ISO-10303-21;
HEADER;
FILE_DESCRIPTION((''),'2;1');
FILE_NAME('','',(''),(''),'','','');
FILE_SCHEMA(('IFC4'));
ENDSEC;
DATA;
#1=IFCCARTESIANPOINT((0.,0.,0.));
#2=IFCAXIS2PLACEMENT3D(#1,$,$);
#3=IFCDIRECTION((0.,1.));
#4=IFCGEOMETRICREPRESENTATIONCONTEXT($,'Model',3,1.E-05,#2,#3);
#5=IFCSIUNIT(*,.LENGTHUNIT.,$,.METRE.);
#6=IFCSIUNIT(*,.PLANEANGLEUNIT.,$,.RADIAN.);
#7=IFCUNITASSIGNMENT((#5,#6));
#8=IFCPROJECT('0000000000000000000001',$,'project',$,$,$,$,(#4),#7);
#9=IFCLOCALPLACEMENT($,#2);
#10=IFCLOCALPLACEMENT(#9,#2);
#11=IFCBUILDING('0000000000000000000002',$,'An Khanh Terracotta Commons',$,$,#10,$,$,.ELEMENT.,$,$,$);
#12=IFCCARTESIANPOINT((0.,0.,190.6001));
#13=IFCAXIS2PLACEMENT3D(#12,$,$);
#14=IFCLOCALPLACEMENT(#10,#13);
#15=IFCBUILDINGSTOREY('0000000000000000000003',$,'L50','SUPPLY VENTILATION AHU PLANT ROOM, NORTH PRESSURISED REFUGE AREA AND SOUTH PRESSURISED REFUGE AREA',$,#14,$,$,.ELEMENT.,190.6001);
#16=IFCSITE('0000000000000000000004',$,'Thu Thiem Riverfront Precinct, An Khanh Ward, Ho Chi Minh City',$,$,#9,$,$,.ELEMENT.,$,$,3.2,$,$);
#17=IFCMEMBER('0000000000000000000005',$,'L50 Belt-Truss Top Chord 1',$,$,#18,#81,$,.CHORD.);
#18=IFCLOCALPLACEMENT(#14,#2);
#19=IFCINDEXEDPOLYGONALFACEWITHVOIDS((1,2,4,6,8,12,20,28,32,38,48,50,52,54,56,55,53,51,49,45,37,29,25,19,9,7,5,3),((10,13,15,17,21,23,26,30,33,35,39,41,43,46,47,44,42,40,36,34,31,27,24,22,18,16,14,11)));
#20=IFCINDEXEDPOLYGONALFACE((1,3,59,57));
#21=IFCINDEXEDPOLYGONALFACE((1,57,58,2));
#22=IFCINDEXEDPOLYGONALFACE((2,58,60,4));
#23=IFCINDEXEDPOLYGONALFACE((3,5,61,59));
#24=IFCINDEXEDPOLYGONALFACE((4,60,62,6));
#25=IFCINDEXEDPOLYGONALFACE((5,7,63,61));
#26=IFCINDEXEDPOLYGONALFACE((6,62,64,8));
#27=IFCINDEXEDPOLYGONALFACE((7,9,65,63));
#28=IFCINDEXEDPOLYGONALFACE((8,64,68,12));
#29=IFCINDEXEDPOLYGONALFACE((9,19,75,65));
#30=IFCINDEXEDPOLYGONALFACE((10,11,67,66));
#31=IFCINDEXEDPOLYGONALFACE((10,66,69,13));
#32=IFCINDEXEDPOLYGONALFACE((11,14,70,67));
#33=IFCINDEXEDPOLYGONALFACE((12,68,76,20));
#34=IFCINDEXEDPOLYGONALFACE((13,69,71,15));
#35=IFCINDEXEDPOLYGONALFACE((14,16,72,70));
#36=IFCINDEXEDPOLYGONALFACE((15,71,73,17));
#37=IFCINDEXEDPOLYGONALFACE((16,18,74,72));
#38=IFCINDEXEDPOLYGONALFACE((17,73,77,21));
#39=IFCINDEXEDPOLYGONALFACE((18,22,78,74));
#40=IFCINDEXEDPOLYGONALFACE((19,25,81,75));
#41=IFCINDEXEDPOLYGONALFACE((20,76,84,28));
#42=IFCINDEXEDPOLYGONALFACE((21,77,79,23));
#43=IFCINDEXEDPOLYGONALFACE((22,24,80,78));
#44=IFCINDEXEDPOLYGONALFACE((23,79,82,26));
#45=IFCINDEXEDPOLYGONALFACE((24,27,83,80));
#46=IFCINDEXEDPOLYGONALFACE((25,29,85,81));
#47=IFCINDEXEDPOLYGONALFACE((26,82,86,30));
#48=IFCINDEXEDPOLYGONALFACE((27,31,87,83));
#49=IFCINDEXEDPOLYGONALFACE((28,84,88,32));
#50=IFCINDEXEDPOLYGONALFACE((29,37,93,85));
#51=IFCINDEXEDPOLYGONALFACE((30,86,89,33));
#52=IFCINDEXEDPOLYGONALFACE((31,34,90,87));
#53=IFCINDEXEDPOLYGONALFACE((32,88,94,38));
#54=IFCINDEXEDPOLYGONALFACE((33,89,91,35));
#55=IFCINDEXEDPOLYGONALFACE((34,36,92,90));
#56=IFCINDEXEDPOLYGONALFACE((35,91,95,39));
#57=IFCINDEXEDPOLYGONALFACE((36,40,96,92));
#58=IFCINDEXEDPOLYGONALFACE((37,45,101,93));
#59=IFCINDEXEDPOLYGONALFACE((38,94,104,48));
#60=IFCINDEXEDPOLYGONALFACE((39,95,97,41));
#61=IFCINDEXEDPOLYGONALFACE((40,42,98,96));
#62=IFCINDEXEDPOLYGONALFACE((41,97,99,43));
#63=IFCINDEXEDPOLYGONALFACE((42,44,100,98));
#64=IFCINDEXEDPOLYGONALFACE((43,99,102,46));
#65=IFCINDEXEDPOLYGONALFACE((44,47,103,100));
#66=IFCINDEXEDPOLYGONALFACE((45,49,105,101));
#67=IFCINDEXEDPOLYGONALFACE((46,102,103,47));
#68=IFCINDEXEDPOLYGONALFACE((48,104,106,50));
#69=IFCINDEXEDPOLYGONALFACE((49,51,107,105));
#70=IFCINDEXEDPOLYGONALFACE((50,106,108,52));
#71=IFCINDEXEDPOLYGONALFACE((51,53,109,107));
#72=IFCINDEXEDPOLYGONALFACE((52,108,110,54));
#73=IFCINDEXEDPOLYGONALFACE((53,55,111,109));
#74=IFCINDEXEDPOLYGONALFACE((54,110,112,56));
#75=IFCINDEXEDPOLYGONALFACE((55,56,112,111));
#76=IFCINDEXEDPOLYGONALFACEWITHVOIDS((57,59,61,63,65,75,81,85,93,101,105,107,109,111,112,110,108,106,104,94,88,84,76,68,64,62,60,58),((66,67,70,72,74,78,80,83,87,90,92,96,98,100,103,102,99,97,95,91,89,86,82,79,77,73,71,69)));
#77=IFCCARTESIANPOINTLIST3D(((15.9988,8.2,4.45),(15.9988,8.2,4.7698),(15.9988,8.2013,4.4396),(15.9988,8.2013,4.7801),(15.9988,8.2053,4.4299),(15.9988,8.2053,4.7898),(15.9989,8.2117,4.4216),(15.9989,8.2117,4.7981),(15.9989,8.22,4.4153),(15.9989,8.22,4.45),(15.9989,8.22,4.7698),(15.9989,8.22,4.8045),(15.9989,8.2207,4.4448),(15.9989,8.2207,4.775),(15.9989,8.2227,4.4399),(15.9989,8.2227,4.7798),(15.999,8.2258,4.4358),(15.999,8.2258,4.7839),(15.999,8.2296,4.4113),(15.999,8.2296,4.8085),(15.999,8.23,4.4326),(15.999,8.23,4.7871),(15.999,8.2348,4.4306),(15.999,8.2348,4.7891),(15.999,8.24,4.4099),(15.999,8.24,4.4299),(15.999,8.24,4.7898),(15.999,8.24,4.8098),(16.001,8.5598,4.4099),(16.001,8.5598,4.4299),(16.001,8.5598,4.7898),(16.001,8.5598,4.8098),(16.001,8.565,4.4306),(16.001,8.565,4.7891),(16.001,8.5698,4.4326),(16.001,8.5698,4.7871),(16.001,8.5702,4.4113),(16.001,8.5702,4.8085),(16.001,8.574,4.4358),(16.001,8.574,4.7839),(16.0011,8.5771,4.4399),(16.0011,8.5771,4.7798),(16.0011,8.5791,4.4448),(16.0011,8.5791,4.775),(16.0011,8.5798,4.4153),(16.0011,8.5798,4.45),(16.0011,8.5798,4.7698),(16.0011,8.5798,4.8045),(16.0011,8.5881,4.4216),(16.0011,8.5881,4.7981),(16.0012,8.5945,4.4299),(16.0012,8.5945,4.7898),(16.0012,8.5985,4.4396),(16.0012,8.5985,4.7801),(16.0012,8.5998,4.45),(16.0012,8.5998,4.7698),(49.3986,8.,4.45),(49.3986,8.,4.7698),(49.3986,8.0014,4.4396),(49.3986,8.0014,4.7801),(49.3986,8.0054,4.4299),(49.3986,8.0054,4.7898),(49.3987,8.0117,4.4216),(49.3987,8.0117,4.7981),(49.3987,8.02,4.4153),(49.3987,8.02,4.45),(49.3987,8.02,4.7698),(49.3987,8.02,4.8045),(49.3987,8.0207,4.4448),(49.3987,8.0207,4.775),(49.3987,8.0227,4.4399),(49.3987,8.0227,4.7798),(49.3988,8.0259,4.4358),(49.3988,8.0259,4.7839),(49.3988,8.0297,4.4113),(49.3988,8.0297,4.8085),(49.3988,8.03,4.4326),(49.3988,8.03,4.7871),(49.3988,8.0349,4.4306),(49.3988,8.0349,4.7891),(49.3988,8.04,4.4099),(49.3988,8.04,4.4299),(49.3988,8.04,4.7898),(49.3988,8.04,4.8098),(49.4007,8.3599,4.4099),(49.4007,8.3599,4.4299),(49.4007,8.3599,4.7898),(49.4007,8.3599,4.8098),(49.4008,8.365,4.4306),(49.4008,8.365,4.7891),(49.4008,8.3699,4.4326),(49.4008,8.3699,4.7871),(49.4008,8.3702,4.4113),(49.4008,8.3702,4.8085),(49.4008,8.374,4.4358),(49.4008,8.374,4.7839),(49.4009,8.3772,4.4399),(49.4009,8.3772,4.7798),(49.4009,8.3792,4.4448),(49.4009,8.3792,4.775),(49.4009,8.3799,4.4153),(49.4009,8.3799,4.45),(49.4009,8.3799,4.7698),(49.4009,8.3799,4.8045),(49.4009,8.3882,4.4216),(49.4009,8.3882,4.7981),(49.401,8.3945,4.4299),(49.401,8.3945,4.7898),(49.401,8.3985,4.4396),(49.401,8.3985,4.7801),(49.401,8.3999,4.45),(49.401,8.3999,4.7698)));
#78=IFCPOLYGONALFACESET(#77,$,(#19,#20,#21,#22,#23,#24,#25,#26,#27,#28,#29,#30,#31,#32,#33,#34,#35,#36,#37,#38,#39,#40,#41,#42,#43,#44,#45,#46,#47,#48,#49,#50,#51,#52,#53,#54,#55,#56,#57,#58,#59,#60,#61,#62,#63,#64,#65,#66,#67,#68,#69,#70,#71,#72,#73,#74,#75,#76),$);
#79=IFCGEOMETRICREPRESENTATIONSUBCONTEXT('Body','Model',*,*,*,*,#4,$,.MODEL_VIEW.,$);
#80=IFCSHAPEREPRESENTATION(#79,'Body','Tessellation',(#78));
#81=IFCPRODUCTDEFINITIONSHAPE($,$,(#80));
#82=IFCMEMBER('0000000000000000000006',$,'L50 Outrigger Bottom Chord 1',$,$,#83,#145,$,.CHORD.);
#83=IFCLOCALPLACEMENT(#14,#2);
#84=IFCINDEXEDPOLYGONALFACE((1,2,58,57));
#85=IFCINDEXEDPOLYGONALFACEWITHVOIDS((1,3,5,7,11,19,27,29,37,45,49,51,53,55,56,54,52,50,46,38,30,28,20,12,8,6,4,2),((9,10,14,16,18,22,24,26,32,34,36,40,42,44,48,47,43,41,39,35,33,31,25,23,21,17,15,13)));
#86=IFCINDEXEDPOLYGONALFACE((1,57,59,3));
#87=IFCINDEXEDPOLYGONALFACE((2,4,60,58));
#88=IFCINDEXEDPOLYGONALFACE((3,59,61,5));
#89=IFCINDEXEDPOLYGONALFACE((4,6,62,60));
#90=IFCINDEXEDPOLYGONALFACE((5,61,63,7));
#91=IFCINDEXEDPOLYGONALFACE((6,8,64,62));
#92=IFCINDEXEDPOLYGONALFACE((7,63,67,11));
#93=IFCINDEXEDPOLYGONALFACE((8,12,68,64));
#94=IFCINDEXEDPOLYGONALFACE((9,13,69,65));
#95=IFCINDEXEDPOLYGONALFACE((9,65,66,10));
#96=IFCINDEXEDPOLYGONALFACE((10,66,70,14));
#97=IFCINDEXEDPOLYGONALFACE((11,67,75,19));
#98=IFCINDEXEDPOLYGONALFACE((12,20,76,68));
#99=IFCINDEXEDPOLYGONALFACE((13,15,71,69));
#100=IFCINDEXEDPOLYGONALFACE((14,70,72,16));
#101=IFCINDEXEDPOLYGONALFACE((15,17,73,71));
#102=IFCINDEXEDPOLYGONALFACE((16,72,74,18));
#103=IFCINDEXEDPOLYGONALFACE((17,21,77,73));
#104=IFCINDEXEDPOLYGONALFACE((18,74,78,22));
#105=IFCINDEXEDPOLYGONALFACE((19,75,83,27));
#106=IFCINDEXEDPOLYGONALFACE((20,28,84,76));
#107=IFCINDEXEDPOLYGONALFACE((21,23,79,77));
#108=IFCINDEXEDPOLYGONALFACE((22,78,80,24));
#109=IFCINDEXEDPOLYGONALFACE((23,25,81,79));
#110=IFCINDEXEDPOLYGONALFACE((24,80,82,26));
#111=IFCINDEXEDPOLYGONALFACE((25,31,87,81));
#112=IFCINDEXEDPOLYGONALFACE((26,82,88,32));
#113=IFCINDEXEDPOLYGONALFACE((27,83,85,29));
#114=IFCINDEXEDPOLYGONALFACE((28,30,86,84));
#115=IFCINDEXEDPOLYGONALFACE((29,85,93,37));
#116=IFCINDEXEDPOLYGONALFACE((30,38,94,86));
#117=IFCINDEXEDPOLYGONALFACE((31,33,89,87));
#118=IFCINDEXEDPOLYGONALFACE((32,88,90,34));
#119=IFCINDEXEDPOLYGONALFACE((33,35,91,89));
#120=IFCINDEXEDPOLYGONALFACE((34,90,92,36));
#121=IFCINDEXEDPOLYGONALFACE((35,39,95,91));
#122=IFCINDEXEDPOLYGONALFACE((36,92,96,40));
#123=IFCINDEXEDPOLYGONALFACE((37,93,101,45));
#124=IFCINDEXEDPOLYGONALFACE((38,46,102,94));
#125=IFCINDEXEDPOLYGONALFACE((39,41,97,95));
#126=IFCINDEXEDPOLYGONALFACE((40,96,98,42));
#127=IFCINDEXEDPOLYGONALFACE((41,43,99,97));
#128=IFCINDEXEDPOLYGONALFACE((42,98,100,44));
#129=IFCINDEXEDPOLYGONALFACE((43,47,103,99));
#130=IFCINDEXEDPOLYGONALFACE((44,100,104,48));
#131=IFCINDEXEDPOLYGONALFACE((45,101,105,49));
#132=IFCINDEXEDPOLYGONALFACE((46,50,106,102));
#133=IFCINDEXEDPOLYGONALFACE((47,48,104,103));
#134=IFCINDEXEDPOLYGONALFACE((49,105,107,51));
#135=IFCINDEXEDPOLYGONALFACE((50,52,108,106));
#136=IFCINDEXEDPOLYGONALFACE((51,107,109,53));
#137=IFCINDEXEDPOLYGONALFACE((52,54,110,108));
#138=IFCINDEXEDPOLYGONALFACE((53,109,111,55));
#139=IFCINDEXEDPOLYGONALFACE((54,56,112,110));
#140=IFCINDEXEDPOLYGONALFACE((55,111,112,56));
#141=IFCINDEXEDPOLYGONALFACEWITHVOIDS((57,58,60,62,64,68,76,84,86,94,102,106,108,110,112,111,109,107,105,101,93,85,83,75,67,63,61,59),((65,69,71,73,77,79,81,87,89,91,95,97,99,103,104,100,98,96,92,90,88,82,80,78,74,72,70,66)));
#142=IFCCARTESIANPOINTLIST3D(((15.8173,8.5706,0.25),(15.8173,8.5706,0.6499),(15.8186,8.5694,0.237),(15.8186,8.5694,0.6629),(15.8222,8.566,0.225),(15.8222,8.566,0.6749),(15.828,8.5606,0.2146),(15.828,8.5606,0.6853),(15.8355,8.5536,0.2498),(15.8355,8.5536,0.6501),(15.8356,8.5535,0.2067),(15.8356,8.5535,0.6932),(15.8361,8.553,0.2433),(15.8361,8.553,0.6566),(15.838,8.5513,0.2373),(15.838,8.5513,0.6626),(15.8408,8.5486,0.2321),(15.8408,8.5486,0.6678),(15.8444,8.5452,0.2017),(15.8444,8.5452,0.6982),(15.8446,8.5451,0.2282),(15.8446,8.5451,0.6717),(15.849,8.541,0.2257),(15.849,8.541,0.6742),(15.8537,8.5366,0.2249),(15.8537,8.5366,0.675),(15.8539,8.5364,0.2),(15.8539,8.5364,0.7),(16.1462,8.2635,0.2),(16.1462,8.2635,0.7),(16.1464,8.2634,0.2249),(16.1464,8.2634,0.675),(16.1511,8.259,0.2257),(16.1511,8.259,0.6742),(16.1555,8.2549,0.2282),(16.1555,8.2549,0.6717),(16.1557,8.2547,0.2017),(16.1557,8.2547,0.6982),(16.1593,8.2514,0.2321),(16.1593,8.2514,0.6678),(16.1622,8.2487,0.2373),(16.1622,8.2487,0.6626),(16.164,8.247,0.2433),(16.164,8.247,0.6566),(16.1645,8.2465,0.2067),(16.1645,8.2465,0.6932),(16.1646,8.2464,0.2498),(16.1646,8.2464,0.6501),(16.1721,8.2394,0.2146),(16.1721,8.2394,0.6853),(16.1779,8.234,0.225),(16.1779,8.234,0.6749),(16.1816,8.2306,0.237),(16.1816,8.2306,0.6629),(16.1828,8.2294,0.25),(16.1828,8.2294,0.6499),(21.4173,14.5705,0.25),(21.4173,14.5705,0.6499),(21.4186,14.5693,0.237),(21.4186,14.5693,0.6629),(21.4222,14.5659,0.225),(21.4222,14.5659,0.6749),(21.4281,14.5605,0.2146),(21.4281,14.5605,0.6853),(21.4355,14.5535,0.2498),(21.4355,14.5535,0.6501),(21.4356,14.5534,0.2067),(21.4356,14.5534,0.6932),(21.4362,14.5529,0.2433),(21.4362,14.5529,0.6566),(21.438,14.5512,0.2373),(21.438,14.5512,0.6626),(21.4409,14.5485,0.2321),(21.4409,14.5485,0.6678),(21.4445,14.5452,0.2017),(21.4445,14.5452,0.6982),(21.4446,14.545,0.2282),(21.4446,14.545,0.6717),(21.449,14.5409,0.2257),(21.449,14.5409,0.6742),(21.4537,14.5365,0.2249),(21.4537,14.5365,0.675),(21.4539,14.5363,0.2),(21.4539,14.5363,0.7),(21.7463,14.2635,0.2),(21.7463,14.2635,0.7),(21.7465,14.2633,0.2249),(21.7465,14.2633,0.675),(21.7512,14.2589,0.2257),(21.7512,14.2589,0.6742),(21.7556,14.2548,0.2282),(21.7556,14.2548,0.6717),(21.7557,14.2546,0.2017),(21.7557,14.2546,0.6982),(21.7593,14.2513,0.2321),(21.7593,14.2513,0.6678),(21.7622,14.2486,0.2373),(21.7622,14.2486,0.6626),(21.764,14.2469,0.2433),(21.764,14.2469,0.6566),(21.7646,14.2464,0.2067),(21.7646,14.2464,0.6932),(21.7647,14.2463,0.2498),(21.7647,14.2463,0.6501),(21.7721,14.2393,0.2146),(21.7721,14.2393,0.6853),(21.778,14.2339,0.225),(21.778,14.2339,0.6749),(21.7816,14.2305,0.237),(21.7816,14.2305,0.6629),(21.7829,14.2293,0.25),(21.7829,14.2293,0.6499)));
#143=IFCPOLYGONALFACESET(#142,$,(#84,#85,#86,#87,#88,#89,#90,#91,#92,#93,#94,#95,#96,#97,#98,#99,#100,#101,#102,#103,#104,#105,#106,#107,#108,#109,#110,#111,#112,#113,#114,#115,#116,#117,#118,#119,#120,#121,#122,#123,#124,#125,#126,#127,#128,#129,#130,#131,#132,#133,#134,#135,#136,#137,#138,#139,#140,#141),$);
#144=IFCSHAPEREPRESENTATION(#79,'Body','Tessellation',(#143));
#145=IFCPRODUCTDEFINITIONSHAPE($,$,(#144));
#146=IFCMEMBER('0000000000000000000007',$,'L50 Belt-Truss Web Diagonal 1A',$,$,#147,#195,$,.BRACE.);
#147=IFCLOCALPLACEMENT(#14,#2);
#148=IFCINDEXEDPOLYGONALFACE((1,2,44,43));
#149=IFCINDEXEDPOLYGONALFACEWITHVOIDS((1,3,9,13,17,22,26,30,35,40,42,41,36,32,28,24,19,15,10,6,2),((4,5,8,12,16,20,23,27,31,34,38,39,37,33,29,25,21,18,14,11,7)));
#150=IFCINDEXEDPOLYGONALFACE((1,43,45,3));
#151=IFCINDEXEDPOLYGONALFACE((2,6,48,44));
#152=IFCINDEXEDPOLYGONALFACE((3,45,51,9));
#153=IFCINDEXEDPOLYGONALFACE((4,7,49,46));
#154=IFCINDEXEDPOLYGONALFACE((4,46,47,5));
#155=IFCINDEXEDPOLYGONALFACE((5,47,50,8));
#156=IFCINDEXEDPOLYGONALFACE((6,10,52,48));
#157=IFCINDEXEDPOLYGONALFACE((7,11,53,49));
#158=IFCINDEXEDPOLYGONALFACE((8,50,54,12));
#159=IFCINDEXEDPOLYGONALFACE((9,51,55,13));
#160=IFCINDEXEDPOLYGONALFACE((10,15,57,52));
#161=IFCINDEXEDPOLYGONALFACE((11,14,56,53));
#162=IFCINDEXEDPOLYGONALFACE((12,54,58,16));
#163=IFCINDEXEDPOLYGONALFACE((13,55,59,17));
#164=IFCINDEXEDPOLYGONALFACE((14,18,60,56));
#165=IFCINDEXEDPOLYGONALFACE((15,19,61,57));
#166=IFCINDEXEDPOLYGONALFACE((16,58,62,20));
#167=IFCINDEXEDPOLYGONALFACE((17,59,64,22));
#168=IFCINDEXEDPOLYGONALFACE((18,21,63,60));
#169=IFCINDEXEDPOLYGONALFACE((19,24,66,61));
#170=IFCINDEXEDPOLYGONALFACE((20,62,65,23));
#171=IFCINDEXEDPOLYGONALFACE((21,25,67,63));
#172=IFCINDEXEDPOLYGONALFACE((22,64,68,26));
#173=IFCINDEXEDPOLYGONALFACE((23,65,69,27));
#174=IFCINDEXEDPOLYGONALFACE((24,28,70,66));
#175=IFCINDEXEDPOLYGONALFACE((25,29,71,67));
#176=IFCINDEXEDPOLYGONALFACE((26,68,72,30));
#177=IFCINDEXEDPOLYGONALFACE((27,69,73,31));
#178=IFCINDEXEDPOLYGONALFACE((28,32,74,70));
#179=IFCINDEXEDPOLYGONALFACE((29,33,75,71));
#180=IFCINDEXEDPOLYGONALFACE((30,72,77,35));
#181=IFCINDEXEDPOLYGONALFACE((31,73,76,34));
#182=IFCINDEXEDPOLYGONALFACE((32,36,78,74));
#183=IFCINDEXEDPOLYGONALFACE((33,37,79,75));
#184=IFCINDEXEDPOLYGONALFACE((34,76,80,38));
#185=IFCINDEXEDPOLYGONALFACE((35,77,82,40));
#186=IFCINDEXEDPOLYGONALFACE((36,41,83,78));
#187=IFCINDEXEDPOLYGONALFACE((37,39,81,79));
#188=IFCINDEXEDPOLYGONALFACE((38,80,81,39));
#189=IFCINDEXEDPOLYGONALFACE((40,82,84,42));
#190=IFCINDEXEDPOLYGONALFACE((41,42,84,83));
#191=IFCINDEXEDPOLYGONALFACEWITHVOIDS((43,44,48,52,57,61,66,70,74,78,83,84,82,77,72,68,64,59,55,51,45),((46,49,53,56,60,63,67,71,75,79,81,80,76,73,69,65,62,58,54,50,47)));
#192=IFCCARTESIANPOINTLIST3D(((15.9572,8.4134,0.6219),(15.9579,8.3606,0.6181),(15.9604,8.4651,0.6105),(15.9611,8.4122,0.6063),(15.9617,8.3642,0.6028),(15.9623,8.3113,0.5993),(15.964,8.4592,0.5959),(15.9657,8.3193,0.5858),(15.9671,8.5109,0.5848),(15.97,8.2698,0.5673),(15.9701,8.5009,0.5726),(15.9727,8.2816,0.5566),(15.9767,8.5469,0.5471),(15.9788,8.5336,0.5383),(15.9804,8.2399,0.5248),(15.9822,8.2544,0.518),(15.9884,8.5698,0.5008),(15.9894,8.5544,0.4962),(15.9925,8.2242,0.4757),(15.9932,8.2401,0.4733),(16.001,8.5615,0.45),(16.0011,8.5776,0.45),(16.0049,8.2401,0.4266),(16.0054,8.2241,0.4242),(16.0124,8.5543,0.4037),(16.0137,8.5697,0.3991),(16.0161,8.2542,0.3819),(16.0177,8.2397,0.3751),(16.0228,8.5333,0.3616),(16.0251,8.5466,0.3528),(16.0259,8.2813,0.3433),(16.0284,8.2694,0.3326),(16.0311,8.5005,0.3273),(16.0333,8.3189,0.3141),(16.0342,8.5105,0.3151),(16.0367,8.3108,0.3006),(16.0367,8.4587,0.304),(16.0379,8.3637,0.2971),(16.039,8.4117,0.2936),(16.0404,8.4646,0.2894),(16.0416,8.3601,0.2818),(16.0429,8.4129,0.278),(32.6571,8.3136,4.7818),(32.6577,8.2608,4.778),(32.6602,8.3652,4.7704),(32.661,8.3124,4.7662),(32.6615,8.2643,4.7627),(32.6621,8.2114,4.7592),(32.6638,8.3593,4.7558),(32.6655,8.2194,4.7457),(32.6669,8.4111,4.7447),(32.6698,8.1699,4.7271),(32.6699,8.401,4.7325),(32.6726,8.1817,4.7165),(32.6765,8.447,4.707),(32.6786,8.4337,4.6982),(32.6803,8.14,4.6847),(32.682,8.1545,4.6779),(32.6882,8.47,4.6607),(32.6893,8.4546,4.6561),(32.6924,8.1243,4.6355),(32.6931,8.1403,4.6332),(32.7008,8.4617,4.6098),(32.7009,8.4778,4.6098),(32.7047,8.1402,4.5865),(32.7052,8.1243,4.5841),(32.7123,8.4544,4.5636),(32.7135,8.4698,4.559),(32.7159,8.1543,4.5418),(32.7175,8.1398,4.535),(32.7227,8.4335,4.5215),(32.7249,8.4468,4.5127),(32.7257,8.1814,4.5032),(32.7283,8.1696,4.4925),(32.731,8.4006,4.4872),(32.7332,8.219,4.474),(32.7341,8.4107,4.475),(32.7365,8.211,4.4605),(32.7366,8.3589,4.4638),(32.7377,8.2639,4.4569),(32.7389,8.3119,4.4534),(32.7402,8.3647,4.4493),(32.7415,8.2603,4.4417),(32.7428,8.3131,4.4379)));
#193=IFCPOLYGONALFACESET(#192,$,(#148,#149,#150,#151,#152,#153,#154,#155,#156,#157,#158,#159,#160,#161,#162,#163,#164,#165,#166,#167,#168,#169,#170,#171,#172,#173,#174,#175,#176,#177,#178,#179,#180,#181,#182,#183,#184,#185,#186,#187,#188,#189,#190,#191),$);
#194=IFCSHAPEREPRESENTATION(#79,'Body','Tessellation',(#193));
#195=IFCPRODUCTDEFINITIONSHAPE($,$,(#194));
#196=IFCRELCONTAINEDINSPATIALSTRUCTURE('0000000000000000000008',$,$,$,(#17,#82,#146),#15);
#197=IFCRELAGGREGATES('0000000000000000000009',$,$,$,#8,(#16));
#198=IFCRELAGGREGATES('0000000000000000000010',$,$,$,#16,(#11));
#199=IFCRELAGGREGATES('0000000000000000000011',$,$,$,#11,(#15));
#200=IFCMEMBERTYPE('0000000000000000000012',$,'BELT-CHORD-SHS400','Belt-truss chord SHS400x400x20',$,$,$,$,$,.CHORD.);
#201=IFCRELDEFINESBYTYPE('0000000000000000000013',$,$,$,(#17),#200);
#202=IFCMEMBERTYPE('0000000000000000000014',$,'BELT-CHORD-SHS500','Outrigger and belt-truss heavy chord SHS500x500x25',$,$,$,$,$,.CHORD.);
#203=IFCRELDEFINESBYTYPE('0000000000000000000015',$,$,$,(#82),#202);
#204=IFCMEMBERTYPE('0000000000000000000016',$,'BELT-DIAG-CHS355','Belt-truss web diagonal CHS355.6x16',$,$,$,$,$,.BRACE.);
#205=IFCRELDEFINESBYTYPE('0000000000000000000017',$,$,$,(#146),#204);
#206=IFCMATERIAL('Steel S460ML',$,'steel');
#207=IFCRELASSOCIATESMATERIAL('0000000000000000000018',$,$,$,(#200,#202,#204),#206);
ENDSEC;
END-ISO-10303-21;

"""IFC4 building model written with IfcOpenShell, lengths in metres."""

from ifc_helpers import new_model, si_unit, direction, frame, origin, origin_2d, place, context, subcontext, project, spatial, hollow_rectangle, hollow_circle, extrude, material, material_profile, profile_set, type_object, element, save


model = new_model("IFC4")

# Units and contexts
model_context = context("Model", 3, precision=1e-05, world=origin(), true_north=direction((0.0, 1.0)))
body_context = subcontext(model_context, "Body", "Model", "MODEL_VIEW")
ifc_project = project(units=[si_unit("LENGTHUNIT", "METRE"), si_unit("PLANEANGLEUNIT", "RADIAN")], contexts=[model_context])

# Site, building, storey
site_placement = place(None, origin())
site = spatial("IfcSite", under=ifc_project, at=site_placement, Name="Thu Thiem Riverfront Precinct, An Khanh Ward, Ho Chi Minh City", CompositionType="ELEMENT", RefElevation=3.2)
building_placement = place(site_placement, origin())
building = spatial("IfcBuilding", under=site, at=building_placement, Name="An Khanh Terracotta Commons", CompositionType="ELEMENT")
storey_placement = place(building_placement, frame((0.0, 0.0, 190.6001)))
storey = spatial("IfcBuildingStorey", under=building, at=storey_placement, Name="L50", Description="SUPPLY VENTILATION AHU PLANT ROOM, NORTH PRESSURISED REFUGE AREA AND SOUTH PRESSURISED REFUGE AREA", CompositionType="ELEMENT", Elevation=190.6001)

# Members
ifc_material_1 = material(Name="Steel S460ML", Category="steel")
ifc_material_profile_1 = material_profile(ifc_material_1, hollow_rectangle(XDim=0.3999, YDim=0.3999, WallThickness=0.02, InnerFilletRadius=0.02, OuterFilletRadius=0.04, at=origin_2d()), Name="SHS400x400x20")
ifc_profile_set_1 = profile_set([ifc_material_profile_1], Name="Steel S460ML")
member_type_1 = type_object("IfcMemberType", Name="BELT-CHORD-SHS400", Description="Belt-truss chord SHS400x400x20", PredefinedType="CHORD", material=ifc_profile_set_1)
for number, where, z_axis, x_axis, name in (
    (1, (16.0, 8.3999, 4.6099), (0.999982, -0.005986, 0.0), (0.005986, 0.999982, 0.0), "L50 Belt-Truss Top Chord 1"),
):
    element("IfcMember", number, at=place(storey_placement, frame(where, z_axis=z_axis, x_axis=x_axis)), inside=storey, type_object=member_type_1, Name=name, PredefinedType="CHORD", context=body_context, shape_type="SweptSolid", body=[
        extrude(hollow_rectangle(XDim=0.3999, YDim=0.3999, WallThickness=0.02, InnerFilletRadius=0.02, OuterFilletRadius=0.04, at=origin_2d()), origin(), (0.0, 0.0, 1.0), 33.4004),
    ])
ifc_material_profile_2 = material_profile(ifc_material_1, hollow_rectangle(XDim=0.5, YDim=0.5, WallThickness=0.0249, InnerFilletRadius=0.0249, OuterFilletRadius=0.05, at=origin_2d()), Name="SHS500x500x25")
ifc_profile_set_2 = profile_set([ifc_material_profile_2], Name="Steel S460ML")
member_type_2 = type_object("IfcMemberType", Name="BELT-CHORD-SHS500", Description="Outrigger and belt-truss heavy chord SHS500x500x25", PredefinedType="CHORD", material=ifc_profile_set_2)
member_1_placement = place(storey_placement, frame((21.6001, 14.3999, 0.45), z_axis=(-0.682325, -0.731049, 0.0), x_axis=(0.731049, -0.682325, 0.0)))
element("IfcMember", 2, at=member_1_placement, inside=storey, type_object=member_type_2, Name="L50 Outrigger Bottom Chord 1", PredefinedType="CHORD", context=body_context, shape_type="SweptSolid", body=[
    extrude(hollow_rectangle(XDim=0.5, YDim=0.5, WallThickness=0.0249, InnerFilletRadius=0.0249, OuterFilletRadius=0.05, at=origin_2d()), origin(), (0.0, 0.0, 1.0), 8.2073),
])
ifc_material_profile_3 = material_profile(ifc_material_1, hollow_circle(Radius=0.1777, WallThickness=0.0161, at=origin_2d()), Name="CHS355.6x16")
ifc_profile_set_3 = profile_set([ifc_material_profile_3], Name="Steel S460ML")
member_type_3 = type_object("IfcMemberType", Name="BELT-DIAG-CHS355", Description="Belt-truss web diagonal CHS355.6x16", PredefinedType="BRACE", material=ifc_profile_set_3)
member_2_placement = place(storey_placement, frame((16.0, 8.3999, 0.45), z_axis=(0.970332, -0.005802, 0.241707), x_axis=(0.005979, 0.999982, 0.0)))
element("IfcMember", 3, at=member_2_placement, inside=storey, type_object=member_type_3, Name="L50 Belt-Truss Web Diagonal 1A", PredefinedType="BRACE", context=body_context, shape_type="SweptSolid", body=[
    extrude(hollow_circle(Radius=0.1777, WallThickness=0.0161, at=origin_2d()), origin(), (0.0, 0.0, 1.0), 17.2104),
])

save(model, "model.ifc")
